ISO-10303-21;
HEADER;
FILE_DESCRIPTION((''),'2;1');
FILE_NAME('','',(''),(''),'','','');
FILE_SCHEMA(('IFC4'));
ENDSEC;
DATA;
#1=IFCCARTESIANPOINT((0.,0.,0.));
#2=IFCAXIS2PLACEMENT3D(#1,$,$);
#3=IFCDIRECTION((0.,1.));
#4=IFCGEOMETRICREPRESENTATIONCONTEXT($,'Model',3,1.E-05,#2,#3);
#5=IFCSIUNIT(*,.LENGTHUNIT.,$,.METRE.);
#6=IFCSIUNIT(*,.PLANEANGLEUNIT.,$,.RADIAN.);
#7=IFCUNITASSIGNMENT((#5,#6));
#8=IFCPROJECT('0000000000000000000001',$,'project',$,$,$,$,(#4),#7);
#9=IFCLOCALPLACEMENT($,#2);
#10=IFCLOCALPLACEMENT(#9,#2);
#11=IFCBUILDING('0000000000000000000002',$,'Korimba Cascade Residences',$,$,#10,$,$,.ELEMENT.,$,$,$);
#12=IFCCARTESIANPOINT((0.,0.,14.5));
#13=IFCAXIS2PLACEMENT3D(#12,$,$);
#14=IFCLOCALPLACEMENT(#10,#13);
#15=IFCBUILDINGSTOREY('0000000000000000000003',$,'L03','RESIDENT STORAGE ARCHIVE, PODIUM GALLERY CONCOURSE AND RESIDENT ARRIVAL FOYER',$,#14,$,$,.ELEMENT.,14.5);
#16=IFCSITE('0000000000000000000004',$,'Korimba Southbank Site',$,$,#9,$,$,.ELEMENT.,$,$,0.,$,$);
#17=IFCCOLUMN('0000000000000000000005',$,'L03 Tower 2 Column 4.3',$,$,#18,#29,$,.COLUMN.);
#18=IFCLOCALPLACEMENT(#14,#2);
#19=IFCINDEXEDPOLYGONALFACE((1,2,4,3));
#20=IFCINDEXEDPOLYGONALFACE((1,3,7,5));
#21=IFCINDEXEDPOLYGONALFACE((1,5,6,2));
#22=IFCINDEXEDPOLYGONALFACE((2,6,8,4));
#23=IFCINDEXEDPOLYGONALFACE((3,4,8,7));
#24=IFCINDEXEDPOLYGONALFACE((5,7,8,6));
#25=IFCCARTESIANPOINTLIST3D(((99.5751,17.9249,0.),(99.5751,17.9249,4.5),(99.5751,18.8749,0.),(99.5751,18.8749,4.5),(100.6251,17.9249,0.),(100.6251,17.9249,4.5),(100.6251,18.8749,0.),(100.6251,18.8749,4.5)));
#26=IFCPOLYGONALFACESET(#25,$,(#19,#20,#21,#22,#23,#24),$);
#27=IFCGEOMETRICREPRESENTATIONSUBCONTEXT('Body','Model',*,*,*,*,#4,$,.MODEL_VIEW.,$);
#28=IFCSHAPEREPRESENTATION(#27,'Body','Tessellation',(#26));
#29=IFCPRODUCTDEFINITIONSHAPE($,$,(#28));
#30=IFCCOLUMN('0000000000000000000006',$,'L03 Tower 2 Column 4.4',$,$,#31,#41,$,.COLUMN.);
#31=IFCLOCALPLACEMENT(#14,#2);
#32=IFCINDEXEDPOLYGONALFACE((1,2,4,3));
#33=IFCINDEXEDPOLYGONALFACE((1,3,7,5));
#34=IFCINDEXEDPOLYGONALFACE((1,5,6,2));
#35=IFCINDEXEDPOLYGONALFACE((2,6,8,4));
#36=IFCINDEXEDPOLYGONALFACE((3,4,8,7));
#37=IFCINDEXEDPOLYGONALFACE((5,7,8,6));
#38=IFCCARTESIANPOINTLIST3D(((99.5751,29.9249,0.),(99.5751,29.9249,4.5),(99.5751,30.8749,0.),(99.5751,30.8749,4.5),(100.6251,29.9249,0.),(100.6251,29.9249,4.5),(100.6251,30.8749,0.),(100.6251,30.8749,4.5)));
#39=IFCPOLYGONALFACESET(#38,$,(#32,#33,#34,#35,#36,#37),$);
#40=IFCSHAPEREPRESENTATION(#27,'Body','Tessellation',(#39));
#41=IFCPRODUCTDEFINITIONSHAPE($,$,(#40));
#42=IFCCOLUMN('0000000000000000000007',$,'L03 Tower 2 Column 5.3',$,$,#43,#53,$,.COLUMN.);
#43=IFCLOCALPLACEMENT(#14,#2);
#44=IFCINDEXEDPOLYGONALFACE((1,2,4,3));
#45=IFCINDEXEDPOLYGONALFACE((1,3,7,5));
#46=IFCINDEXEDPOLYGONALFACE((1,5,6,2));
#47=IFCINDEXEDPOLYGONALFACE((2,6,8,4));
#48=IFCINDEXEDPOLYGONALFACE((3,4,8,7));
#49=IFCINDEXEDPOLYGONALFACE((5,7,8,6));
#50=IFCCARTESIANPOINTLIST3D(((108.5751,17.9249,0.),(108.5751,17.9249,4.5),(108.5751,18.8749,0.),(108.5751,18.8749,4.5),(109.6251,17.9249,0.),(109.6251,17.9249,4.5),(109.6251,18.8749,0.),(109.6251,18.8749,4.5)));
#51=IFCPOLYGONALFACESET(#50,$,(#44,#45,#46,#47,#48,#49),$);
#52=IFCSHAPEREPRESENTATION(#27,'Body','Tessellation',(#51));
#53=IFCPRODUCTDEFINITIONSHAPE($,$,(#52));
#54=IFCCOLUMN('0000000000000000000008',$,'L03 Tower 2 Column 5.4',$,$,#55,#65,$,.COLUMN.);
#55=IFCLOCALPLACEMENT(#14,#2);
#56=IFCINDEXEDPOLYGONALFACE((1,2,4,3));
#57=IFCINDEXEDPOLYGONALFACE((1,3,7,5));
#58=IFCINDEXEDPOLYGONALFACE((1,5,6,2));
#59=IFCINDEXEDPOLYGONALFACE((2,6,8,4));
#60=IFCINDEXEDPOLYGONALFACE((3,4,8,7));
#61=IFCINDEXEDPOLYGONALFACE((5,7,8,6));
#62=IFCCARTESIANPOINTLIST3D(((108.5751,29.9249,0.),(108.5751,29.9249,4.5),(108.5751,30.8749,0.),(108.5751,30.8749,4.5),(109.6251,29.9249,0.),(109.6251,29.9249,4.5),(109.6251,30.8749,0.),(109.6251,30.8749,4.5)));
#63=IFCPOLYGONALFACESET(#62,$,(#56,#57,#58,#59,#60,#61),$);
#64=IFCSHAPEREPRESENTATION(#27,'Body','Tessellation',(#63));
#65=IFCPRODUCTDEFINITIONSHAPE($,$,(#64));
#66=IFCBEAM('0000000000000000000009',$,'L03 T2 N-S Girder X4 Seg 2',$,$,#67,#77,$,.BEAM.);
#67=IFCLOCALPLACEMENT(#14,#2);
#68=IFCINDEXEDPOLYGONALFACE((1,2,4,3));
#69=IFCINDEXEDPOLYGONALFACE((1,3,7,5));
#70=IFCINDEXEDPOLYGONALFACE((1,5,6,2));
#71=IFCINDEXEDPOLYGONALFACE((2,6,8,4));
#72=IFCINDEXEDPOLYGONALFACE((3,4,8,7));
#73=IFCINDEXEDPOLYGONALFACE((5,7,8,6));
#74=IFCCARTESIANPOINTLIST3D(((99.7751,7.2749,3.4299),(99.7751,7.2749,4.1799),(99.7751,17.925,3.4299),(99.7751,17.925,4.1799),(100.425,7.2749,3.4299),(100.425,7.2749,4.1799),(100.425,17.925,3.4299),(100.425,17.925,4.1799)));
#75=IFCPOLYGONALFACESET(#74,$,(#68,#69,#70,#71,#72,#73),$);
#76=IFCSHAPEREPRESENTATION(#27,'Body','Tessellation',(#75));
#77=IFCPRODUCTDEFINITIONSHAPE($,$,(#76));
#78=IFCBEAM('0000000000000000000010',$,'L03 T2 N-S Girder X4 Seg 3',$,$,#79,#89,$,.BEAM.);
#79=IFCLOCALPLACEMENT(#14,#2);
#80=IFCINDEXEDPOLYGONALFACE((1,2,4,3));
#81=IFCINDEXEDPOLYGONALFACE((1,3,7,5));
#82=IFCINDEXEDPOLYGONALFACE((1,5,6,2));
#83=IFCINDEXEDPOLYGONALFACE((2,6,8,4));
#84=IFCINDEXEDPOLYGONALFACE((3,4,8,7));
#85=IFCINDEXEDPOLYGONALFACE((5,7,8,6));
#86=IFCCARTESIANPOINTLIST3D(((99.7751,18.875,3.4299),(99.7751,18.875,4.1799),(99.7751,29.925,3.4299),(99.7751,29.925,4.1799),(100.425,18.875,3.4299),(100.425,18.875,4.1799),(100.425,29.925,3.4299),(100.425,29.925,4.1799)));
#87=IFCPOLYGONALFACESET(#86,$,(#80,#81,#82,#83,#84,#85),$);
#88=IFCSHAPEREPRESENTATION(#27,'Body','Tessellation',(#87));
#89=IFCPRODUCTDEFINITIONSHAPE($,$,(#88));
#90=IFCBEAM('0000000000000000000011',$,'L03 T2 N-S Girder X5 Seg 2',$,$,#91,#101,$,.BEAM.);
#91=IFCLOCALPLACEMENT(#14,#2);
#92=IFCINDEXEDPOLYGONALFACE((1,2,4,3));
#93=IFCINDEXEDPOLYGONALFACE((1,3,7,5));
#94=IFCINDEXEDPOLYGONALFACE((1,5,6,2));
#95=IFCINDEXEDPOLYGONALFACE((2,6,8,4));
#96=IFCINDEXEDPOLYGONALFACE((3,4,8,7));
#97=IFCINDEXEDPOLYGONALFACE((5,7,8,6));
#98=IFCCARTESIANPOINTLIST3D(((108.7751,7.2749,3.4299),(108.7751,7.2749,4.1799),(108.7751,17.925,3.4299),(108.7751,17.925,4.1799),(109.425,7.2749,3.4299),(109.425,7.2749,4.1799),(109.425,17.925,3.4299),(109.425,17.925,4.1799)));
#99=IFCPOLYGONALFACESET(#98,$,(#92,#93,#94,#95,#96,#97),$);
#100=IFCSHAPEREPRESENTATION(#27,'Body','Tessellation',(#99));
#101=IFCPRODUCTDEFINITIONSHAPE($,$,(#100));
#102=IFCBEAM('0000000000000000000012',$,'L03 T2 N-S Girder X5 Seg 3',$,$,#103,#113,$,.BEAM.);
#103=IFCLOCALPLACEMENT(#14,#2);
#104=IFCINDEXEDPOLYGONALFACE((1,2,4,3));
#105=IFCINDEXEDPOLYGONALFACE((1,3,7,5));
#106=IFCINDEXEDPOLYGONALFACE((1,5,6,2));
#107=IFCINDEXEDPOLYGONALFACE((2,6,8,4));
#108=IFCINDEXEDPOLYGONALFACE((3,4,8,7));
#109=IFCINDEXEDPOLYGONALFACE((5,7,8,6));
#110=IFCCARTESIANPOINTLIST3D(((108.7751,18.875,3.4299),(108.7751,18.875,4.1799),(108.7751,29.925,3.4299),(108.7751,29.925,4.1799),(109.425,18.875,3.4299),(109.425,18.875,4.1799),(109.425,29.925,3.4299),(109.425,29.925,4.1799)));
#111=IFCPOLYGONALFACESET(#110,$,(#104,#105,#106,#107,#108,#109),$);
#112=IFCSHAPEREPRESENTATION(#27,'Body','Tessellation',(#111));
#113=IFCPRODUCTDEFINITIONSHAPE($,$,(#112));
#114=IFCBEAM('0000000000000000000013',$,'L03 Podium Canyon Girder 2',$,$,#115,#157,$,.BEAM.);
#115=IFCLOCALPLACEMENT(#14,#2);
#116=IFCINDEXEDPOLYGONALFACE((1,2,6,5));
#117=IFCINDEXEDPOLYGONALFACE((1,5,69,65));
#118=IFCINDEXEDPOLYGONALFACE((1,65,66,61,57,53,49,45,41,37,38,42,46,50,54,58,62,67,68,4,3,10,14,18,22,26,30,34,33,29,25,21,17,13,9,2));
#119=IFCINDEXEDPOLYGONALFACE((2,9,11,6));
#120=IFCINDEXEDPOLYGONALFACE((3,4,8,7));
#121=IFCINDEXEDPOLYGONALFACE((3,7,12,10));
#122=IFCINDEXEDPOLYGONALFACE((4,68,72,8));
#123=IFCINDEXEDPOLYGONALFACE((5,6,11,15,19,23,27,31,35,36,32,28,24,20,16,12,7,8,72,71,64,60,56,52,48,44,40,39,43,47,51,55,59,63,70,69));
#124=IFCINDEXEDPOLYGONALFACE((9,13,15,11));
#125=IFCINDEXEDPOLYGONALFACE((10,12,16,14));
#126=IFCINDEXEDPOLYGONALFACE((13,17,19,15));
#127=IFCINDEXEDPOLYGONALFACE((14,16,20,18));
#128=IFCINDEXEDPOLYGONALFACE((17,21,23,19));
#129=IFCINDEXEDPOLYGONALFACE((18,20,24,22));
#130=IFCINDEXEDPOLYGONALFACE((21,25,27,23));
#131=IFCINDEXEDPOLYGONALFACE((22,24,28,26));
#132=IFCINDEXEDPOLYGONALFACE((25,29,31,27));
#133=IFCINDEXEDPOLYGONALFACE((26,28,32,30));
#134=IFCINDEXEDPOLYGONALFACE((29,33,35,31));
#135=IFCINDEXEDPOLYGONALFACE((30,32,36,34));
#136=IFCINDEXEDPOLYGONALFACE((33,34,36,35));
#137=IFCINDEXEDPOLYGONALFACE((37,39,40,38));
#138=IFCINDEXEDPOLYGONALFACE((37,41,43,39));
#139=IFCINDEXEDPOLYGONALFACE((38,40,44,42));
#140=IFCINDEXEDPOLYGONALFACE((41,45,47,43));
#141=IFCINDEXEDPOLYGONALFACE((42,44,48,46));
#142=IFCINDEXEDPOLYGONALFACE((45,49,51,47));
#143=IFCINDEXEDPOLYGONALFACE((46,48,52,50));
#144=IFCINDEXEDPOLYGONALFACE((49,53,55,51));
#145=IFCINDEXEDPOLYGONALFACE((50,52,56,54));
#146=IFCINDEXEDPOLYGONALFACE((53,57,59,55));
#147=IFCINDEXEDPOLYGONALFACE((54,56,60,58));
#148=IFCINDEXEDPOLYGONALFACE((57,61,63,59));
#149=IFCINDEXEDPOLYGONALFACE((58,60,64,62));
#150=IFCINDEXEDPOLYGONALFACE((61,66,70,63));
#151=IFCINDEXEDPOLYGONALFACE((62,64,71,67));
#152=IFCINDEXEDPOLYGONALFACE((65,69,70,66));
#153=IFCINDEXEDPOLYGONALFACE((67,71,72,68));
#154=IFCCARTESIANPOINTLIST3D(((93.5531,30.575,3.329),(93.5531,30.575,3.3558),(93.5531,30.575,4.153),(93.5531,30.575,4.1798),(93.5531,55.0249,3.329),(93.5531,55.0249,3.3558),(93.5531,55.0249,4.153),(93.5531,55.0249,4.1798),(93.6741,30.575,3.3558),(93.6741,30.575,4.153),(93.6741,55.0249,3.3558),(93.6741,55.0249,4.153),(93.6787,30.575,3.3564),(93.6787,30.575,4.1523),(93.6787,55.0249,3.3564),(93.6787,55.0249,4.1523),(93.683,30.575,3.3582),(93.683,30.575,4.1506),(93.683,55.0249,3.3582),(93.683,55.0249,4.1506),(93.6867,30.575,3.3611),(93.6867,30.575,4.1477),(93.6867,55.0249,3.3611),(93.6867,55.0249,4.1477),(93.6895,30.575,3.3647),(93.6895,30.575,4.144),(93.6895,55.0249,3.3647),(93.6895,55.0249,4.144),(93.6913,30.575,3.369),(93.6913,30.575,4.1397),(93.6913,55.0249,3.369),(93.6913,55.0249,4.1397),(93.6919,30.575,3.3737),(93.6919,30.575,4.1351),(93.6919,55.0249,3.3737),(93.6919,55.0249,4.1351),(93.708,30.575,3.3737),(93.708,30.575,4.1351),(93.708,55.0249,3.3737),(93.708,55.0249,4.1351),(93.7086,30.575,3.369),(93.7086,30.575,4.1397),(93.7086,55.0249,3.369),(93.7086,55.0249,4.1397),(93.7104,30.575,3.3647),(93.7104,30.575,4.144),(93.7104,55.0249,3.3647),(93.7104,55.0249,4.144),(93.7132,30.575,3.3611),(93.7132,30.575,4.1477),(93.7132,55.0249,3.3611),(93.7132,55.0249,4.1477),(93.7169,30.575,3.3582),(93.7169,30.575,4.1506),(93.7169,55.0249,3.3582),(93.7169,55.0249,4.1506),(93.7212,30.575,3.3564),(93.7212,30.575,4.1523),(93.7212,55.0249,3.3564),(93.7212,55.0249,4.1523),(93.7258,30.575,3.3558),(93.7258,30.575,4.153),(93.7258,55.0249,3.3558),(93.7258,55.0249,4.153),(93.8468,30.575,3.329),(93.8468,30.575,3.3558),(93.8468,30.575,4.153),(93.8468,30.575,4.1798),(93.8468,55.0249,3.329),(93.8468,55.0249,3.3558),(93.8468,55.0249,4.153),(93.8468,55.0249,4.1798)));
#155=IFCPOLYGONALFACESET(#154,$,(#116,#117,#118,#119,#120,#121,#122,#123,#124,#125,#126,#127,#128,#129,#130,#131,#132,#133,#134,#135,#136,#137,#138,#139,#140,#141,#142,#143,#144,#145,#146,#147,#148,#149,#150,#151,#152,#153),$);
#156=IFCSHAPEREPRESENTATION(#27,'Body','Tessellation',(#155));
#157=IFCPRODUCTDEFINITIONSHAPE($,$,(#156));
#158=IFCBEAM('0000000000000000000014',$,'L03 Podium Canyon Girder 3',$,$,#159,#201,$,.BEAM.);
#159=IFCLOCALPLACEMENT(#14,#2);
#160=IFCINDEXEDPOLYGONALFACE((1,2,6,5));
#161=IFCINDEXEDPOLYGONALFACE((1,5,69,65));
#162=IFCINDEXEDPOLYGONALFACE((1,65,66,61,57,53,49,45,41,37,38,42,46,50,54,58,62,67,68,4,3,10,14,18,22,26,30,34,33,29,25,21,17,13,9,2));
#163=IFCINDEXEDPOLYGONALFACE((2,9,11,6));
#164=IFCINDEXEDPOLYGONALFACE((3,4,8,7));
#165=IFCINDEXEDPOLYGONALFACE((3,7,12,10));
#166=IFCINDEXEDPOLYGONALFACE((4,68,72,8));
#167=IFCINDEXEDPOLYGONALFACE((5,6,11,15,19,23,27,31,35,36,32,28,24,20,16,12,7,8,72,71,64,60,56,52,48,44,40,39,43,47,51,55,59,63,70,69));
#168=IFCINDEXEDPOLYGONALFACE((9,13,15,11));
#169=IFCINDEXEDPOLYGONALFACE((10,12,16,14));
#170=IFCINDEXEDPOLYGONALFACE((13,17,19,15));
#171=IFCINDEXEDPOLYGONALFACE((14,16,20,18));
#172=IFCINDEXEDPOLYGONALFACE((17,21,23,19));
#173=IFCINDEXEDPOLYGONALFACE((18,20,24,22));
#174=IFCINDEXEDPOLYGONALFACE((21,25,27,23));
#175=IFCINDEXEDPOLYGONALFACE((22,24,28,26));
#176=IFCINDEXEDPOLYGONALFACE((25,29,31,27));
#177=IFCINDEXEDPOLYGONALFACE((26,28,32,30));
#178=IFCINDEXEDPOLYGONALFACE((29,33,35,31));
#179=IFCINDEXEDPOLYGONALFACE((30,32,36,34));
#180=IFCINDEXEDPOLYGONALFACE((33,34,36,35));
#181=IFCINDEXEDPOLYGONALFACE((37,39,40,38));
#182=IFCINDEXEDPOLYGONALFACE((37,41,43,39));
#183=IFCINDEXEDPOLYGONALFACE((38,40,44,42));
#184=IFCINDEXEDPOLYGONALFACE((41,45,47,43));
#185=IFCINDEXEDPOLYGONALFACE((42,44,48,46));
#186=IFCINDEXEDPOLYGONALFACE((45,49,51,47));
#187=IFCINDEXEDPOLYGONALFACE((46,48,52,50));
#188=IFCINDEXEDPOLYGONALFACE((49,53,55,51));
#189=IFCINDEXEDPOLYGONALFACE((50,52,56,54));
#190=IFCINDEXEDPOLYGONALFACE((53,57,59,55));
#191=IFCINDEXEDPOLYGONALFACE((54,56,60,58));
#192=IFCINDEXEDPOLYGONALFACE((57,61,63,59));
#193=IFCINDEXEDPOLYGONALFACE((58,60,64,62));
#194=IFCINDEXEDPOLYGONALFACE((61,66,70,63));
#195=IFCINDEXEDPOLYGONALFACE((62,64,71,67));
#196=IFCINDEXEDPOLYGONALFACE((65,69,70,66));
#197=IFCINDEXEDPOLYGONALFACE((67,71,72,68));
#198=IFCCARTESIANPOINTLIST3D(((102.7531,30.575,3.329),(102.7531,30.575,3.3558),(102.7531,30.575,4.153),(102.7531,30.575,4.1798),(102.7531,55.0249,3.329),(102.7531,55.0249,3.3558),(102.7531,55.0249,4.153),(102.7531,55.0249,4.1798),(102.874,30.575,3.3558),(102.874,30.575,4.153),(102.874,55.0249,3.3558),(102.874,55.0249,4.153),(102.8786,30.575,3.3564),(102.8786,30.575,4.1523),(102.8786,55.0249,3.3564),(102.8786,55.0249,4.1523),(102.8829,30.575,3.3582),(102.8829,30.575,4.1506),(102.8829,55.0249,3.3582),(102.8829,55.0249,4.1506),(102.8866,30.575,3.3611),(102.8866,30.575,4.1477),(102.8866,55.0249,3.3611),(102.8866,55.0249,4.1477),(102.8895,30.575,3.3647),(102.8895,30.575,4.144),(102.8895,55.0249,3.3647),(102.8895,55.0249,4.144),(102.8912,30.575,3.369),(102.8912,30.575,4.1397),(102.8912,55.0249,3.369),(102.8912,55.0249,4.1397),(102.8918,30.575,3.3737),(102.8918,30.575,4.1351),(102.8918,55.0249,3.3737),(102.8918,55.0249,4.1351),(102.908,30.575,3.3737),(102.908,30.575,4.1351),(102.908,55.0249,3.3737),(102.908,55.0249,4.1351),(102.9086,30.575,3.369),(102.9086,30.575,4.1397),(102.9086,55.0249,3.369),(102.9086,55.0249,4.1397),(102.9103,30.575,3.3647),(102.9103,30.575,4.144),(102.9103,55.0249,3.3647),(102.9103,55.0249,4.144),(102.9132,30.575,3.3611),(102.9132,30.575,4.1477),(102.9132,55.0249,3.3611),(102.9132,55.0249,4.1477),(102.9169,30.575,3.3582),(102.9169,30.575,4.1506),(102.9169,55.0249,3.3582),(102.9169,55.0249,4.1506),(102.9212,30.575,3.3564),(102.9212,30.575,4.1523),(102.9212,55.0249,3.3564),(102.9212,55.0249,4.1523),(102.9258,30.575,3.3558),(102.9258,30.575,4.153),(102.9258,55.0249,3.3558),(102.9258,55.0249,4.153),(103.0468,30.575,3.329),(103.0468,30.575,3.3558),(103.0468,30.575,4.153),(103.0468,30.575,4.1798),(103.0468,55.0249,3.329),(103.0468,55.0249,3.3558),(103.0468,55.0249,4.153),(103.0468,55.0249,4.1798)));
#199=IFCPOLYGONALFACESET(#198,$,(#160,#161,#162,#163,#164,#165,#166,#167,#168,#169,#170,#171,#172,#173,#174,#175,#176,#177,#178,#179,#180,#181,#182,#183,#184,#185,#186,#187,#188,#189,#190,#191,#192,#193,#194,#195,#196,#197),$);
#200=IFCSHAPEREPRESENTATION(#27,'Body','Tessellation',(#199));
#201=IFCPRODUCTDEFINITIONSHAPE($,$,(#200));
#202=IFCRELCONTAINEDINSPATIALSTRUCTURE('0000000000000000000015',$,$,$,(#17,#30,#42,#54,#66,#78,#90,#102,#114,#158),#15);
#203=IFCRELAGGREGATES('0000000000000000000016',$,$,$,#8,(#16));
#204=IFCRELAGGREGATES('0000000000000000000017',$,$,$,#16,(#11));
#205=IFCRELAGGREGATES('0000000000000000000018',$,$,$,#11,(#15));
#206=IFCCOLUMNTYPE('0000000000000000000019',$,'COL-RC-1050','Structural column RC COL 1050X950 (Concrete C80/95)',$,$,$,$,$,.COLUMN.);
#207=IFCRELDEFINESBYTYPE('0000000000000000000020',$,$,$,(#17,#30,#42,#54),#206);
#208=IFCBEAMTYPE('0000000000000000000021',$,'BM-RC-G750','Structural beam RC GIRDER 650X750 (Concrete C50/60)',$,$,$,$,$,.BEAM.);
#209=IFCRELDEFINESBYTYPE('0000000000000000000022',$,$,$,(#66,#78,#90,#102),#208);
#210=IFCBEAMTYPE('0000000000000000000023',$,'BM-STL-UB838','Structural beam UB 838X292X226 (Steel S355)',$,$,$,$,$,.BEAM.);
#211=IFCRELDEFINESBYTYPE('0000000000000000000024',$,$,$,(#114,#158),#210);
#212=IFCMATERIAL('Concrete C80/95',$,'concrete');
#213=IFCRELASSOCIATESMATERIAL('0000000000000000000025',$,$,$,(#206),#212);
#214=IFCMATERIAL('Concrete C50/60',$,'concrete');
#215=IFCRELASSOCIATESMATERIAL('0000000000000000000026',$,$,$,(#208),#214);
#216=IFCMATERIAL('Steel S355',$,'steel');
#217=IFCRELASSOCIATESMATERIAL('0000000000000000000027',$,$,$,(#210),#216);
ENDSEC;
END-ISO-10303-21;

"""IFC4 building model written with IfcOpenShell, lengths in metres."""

from ifc_helpers import new_model, si_unit, direction, frame, origin, origin_2d, place, context, subcontext, project, spatial, rectangle, i_section, extrude, material, material_profile, profile_set, type_object, element, save


model = new_model("IFC4")

# Units and contexts
model_context = context("Model", 3, precision=1e-05, world=origin(), true_north=direction((0.0, 1.0)))
body_context = subcontext(model_context, "Body", "Model", "MODEL_VIEW")
ifc_project = project(units=[si_unit("LENGTHUNIT", "METRE"), si_unit("PLANEANGLEUNIT", "RADIAN")], contexts=[model_context])

# Site, building, storey
site_placement = place(None, origin())
site = spatial("IfcSite", under=ifc_project, at=site_placement, Name="Korimba Southbank Site", CompositionType="ELEMENT", RefElevation=0.0)
building_placement = place(site_placement, origin())
building = spatial("IfcBuilding", under=site, at=building_placement, Name="Korimba Cascade Residences", CompositionType="ELEMENT")
storey_placement = place(building_placement, frame((0.0, 0.0, 14.5)))
storey = spatial("IfcBuildingStorey", under=building, at=storey_placement, Name="L03", Description="RESIDENT STORAGE ARCHIVE, PODIUM GALLERY CONCOURSE AND RESIDENT ARRIVAL FOYER", CompositionType="ELEMENT", Elevation=14.5)

# Columns
ifc_material_1 = material(Name="Concrete C80/95", Category="concrete")
ifc_material_profile_1 = material_profile(ifc_material_1, rectangle(XDim=1.05, YDim=0.95, at=origin_2d()), Name="Concrete C80/95")
ifc_profile_set_1 = profile_set([ifc_material_profile_1], Name="Concrete C80/95")
column_type = type_object("IfcColumnType", Name="COL-RC-1050", Description="Structural column RC COL 1050X950 (Concrete C80/95)", PredefinedType="COLUMN", material=ifc_profile_set_1)
for number, where, z_axis, x_axis, name in (
    (1, (100.1001, 18.3999, 0.0), (0.0, 0.0, 1.0), (1.0, 0.0, 0.0), "L03 Tower 2 Column 4.3"),
    (2, (100.1001, 30.3999, 0.0), (0.0, 0.0, 1.0), (1.0, 0.0, 0.0), "L03 Tower 2 Column 4.4"),
    (3, (109.1001, 18.3999, 0.0), (0.0, 0.0, 1.0), (1.0, 0.0, 0.0), "L03 Tower 2 Column 5.3"),
    (4, (109.1001, 30.3999, 0.0), (0.0, 0.0, 1.0), (1.0, 0.0, 0.0), "L03 Tower 2 Column 5.4"),
):
    element("IfcColumn", number, at=place(storey_placement, frame(where, z_axis=z_axis, x_axis=x_axis)), inside=storey, type_object=column_type, Name=name, PredefinedType="COLUMN", context=body_context, shape_type="SweptSolid", body=[
        extrude(rectangle(XDim=1.05, YDim=0.95, at=origin_2d()), origin(), (0.0, 0.0, 1.0), 4.5),
    ])

# Beams
ifc_material_2 = material(Name="Concrete C50/60", Category="concrete")
ifc_material_profile_2 = material_profile(ifc_material_2, rectangle(XDim=0.6499, YDim=0.75, at=origin_2d()), Name="Concrete C50/60")
ifc_profile_set_2 = profile_set([ifc_material_profile_2], Name="Concrete C50/60")
beam_type_1 = type_object("IfcBeamType", Name="BM-RC-G750", Description="Structural beam RC GIRDER 650X750 (Concrete C50/60)", PredefinedType="BEAM", material=ifc_profile_set_2)
beam_1_placement = place(storey_placement, frame((100.1001, 7.2749, 3.8049), z_axis=(0.0, 1.0, 0.0), x_axis=(-1.0, 0.0, 0.0)))
element("IfcBeam", 5, at=beam_1_placement, inside=storey, type_object=beam_type_1, Name="L03 T2 N-S Girder X4 Seg 2", PredefinedType="BEAM", context=body_context, shape_type="SweptSolid", body=[
    extrude(rectangle(XDim=0.6499, YDim=0.75, at=origin_2d()), origin(), (0.0, 0.0, 1.0), 10.6501),
])
beam_2_placement = place(storey_placement, frame((100.1001, 18.875, 3.8049), z_axis=(0.0, 1.0, 0.0), x_axis=(-1.0, 0.0, 0.0)))
element("IfcBeam", 6, at=beam_2_placement, inside=storey, type_object=beam_type_1, Name="L03 T2 N-S Girder X4 Seg 3", PredefinedType="BEAM", context=body_context, shape_type="SweptSolid", body=[
    extrude(rectangle(XDim=0.6499, YDim=0.75, at=origin_2d()), origin(), (0.0, 0.0, 1.0), 11.05),
])
beam_3_placement = place(storey_placement, frame((109.1001, 7.2749, 3.8049), z_axis=(0.0, 1.0, 0.0), x_axis=(-1.0, 0.0, 0.0)))
element("IfcBeam", 7, at=beam_3_placement, inside=storey, type_object=beam_type_1, Name="L03 T2 N-S Girder X5 Seg 2", PredefinedType="BEAM", context=body_context, shape_type="SweptSolid", body=[
    extrude(rectangle(XDim=0.6499, YDim=0.75, at=origin_2d()), origin(), (0.0, 0.0, 1.0), 10.6501),
])
beam_4_placement = place(storey_placement, frame((109.1001, 18.875, 3.8049), z_axis=(0.0, 1.0, 0.0), x_axis=(-1.0, 0.0, 0.0)))
element("IfcBeam", 8, at=beam_4_placement, inside=storey, type_object=beam_type_1, Name="L03 T2 N-S Girder X5 Seg 3", PredefinedType="BEAM", context=body_context, shape_type="SweptSolid", body=[
    extrude(rectangle(XDim=0.6499, YDim=0.75, at=origin_2d()), origin(), (0.0, 0.0, 1.0), 11.05),
])
ifc_material_3 = material(Name="Steel S355", Category="steel")
ifc_material_profile_3 = material_profile(ifc_material_3, i_section(OverallWidth=0.2937, OverallDepth=0.8508, WebThickness=0.0161, FlangeThickness=0.0269, FilletRadius=0.0178, at=origin_2d()), Name="Steel S355")
ifc_profile_set_3 = profile_set([ifc_material_profile_3], Name="Steel S355")
beam_type_2 = type_object("IfcBeamType", Name="BM-STL-UB838", Description="Structural beam UB 838X292X226 (Steel S355)", PredefinedType="BEAM", material=ifc_profile_set_3)
for number, where, z_axis, x_axis, name in (
    (9, (93.7, 30.575, 3.7544), (0.0, 1.0, 0.0), (-1.0, 0.0, 0.0), "L03 Podium Canyon Girder 2"),
    (10, (102.8999, 30.575, 3.7544), (0.0, 1.0, 0.0), (-1.0, 0.0, 0.0), "L03 Podium Canyon Girder 3"),
):
    element("IfcBeam", number, at=place(storey_placement, frame(where, z_axis=z_axis, x_axis=x_axis)), inside=storey, type_object=beam_type_2, Name=name, PredefinedType="BEAM", context=body_context, shape_type="SweptSolid", body=[
        extrude(i_section(OverallWidth=0.2937, OverallDepth=0.8508, WebThickness=0.0161, FlangeThickness=0.0269, FilletRadius=0.0178, at=origin_2d()), origin(), (0.0, 0.0, 1.0), 24.45),
    ])

save(model, "model.ifc")
